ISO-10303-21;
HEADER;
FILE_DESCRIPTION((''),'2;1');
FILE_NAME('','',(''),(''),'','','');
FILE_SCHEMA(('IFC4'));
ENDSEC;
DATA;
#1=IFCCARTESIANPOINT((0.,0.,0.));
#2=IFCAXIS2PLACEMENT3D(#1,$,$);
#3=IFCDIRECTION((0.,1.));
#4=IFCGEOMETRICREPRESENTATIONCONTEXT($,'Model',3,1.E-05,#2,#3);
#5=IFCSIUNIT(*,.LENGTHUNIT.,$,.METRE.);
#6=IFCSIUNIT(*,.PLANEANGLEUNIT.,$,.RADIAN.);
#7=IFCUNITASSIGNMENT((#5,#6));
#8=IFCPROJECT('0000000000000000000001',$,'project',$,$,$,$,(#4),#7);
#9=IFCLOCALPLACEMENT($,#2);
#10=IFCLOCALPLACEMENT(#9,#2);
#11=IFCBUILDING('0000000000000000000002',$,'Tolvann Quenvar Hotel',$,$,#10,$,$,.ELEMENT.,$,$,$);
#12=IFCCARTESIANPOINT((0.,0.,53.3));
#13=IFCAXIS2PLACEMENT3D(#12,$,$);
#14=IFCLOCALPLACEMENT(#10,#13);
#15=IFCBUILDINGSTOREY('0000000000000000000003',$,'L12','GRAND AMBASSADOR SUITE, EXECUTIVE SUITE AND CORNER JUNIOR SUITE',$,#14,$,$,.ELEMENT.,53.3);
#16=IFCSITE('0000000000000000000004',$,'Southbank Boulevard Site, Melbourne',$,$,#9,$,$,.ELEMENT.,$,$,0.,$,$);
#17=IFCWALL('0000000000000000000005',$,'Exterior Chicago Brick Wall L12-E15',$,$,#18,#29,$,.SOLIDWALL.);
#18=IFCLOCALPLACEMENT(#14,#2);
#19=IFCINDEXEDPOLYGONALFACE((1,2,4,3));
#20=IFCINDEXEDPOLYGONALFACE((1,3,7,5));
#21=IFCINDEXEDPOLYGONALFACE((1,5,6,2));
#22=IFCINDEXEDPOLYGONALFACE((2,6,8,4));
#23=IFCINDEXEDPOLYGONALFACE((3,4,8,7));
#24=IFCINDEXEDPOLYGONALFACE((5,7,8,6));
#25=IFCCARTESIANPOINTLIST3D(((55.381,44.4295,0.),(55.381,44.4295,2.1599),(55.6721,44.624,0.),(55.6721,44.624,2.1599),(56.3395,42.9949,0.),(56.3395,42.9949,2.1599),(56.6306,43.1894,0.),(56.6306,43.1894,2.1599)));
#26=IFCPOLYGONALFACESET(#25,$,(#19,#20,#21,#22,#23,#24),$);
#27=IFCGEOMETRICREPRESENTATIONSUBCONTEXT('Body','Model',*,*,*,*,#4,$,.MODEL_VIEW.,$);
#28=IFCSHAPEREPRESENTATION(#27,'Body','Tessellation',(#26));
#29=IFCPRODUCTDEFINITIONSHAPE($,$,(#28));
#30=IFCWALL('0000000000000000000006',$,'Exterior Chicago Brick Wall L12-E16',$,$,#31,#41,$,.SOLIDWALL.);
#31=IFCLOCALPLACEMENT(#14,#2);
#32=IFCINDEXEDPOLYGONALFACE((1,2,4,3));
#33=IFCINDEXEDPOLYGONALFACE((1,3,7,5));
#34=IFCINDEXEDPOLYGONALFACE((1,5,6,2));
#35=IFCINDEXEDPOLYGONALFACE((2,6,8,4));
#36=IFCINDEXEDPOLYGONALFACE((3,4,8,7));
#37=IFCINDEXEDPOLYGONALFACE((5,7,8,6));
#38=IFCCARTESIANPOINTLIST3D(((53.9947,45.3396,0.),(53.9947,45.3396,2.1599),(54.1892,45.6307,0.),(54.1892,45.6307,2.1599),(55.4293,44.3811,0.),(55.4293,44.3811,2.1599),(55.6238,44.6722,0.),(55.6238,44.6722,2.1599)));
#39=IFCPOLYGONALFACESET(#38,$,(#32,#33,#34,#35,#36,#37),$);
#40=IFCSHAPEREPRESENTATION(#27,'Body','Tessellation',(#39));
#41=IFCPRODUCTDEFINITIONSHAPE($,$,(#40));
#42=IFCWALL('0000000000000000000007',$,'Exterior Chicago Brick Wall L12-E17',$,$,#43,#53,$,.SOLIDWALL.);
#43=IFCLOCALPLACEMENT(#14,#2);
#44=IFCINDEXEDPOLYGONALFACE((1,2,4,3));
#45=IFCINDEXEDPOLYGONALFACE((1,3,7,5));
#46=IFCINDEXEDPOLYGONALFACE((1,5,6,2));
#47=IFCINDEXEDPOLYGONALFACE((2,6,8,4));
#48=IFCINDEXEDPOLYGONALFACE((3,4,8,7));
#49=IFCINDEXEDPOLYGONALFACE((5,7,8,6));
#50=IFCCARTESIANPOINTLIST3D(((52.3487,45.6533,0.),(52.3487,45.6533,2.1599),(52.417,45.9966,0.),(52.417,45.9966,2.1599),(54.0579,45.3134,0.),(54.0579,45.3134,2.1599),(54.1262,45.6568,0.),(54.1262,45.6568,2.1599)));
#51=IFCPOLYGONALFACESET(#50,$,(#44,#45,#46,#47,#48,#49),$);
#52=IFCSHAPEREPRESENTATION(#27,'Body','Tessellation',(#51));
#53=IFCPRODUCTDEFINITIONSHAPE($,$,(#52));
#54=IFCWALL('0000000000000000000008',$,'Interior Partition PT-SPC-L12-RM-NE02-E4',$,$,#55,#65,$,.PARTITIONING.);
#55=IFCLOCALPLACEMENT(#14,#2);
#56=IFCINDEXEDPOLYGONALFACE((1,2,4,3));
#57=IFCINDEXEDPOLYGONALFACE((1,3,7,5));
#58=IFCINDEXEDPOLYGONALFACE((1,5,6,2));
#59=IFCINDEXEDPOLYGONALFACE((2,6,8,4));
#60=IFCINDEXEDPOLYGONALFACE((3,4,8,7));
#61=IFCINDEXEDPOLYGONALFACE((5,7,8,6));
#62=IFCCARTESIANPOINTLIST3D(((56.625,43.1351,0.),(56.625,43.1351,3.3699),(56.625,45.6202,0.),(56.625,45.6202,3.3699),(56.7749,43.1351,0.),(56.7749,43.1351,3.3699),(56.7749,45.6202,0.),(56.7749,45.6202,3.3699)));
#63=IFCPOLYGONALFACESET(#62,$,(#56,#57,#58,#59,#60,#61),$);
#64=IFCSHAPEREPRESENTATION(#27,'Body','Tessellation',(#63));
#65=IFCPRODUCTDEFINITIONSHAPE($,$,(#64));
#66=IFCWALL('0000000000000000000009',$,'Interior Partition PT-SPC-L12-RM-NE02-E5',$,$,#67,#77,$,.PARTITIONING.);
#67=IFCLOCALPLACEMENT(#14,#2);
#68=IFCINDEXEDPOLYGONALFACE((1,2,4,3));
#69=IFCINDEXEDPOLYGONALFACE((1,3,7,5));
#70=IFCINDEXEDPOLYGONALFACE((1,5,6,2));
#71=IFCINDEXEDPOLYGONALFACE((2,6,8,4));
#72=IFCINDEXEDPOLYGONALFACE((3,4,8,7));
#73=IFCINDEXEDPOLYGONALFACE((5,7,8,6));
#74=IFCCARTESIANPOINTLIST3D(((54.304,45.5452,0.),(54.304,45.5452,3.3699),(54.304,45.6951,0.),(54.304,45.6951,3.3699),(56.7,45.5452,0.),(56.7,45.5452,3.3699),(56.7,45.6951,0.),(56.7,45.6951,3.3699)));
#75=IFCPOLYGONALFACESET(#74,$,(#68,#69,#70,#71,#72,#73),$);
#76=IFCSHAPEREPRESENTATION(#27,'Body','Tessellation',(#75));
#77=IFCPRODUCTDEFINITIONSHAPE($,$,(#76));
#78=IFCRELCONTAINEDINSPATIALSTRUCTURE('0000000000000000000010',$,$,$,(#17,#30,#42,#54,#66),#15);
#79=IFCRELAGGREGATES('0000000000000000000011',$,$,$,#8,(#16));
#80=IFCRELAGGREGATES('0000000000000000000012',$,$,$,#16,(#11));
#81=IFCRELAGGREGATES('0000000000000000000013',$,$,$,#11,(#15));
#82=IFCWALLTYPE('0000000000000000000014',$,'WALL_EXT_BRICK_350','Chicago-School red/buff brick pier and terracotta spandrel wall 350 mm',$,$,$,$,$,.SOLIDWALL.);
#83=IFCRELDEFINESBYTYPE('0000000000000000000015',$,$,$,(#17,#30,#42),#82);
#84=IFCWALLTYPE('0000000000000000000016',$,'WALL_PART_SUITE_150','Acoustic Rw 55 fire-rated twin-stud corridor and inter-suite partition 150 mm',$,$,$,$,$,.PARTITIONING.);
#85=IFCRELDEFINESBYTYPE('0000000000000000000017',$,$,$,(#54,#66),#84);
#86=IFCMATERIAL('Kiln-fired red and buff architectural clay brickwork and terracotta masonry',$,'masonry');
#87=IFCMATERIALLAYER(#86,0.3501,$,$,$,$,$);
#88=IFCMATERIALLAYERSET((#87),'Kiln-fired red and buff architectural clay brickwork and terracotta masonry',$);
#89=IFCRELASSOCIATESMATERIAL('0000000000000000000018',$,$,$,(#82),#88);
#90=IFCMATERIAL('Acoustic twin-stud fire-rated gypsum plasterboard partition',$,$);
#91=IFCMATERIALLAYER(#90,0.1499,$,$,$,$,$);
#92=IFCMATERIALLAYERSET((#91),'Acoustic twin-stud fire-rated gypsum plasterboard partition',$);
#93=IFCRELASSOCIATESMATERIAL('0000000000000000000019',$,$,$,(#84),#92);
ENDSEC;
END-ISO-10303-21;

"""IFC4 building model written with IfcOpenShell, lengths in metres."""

from ifc_helpers import new_model, si_unit, direction, frame, frame_2d, origin, place, context, subcontext, project, spatial, rectangle, extrude, material, layer, layer_set, type_object, element, save


model = new_model("IFC4")

# Units and contexts
model_context = context("Model", 3, precision=1e-05, world=origin(), true_north=direction((0.0, 1.0)))
body_context = subcontext(model_context, "Body", "Model", "MODEL_VIEW")
ifc_project = project(units=[si_unit("LENGTHUNIT", "METRE"), si_unit("PLANEANGLEUNIT", "RADIAN")], contexts=[model_context])

# Site, building, storey
site_placement = place(None, origin())
site = spatial("IfcSite", under=ifc_project, at=site_placement, Name="Southbank Boulevard Site, Melbourne", CompositionType="ELEMENT", RefElevation=0.0)
building_placement = place(site_placement, origin())
building = spatial("IfcBuilding", under=site, at=building_placement, Name="Tolvann Quenvar Hotel", CompositionType="ELEMENT")
storey_placement = place(building_placement, frame((0.0, 0.0, 53.3)))
storey = spatial("IfcBuildingStorey", under=building, at=storey_placement, Name="L12", Description="GRAND AMBASSADOR SUITE, EXECUTIVE SUITE AND CORNER JUNIOR SUITE", CompositionType="ELEMENT", Elevation=53.3)

# Walls
ifc_material_1 = material(Name="Kiln-fired red and buff architectural clay brickwork and terracotta masonry", Category="masonry")
ifc_layer_1 = layer(ifc_material_1, 0.3501)
ifc_layer_set_1 = layer_set([ifc_layer_1], Name="Kiln-fired red and buff architectural clay brickwork and terracotta masonry")
wall_type_1 = type_object("IfcWallType", Name="WALL_EXT_BRICK_350", Description="Chicago-School red/buff brick pier and terracotta spandrel wall 350 mm", PredefinedType="SOLIDWALL", material=ifc_layer_set_1)
for number, where, z_axis, x_axis, name in (
    (1, (56.4851, 43.092, 0.0), (0.0, 0.0, 1.0), (-0.555549, 0.831484, 0.0), "Exterior Chicago Brick Wall L12-E15"),
    (2, (55.5266, 44.5266, 0.0), (0.0, 0.0, 1.0), (-0.831484, 0.555549, 0.0), "Exterior Chicago Brick Wall L12-E16"),
):
    element("IfcWall", number, at=place(storey_placement, frame(where, z_axis=z_axis, x_axis=x_axis)), inside=storey, type_object=wall_type_1, Name=name, PredefinedType="SOLIDWALL", context=body_context, shape_type="SweptSolid", body=[
        extrude(rectangle(XDim=1.7253, YDim=0.3501, at=frame_2d((0.8628, 0.0))), origin(), (0.0, 0.0, 1.0), 2.1599),
    ])
wall_1_placement = place(storey_placement, frame((54.092, 45.4851, 0.0), z_axis=(0.0, 0.0, 1.0), x_axis=(-0.980801, 0.195011, 0.0)))
element("IfcWall", 3, at=wall_1_placement, inside=storey, type_object=wall_type_1, Name="Exterior Chicago Brick Wall L12-E17", PredefinedType="SOLIDWALL", context=body_context, shape_type="SweptSolid", body=[
    extrude(rectangle(XDim=1.7427, YDim=0.3501, at=frame_2d((0.8713, 0.0))), origin(), (0.0, 0.0, 1.0), 2.1599),
])

# Walls
ifc_material_2 = material(Name="Acoustic twin-stud fire-rated gypsum plasterboard partition")
ifc_layer_2 = layer(ifc_material_2, 0.1499)
ifc_layer_set_2 = layer_set([ifc_layer_2], Name="Acoustic twin-stud fire-rated gypsum plasterboard partition")
wall_type_2 = type_object("IfcWallType", Name="WALL_PART_SUITE_150", Description="Acoustic Rw 55 fire-rated twin-stud corridor and inter-suite partition 150 mm", PredefinedType="PARTITIONING", material=ifc_layer_set_2)
wall_2_placement = place(storey_placement, frame((56.7, 43.135, 0.0), z_axis=(0.0, 0.0, 1.0), x_axis=(0.0, 1.0, 0.0)))
element("IfcWall", 4, at=wall_2_placement, inside=storey, type_object=wall_type_2, Name="Interior Partition PT-SPC-L12-RM-NE02-E4", PredefinedType="PARTITIONING", context=body_context, shape_type="SweptSolid", body=[
    extrude(rectangle(XDim=2.4851, YDim=0.1499, at=frame_2d((1.2427, 0.0))), origin(), (0.0, 0.0, 1.0), 3.3699),
])
wall_3_placement = place(storey_placement, frame((54.304, 45.6201, 0.0), z_axis=(0.0, 0.0, 1.0), x_axis=(1.0, 0.0, 0.0)))
element("IfcWall", 5, at=wall_3_placement, inside=storey, type_object=wall_type_2, Name="Interior Partition PT-SPC-L12-RM-NE02-E5", PredefinedType="PARTITIONING", context=body_context, shape_type="SweptSolid", body=[
    extrude(rectangle(XDim=2.396, YDim=0.1499, at=frame_2d((1.198, 0.0))), origin(), (0.0, 0.0, 1.0), 3.3699),
])

save(model, "model.ifc")
